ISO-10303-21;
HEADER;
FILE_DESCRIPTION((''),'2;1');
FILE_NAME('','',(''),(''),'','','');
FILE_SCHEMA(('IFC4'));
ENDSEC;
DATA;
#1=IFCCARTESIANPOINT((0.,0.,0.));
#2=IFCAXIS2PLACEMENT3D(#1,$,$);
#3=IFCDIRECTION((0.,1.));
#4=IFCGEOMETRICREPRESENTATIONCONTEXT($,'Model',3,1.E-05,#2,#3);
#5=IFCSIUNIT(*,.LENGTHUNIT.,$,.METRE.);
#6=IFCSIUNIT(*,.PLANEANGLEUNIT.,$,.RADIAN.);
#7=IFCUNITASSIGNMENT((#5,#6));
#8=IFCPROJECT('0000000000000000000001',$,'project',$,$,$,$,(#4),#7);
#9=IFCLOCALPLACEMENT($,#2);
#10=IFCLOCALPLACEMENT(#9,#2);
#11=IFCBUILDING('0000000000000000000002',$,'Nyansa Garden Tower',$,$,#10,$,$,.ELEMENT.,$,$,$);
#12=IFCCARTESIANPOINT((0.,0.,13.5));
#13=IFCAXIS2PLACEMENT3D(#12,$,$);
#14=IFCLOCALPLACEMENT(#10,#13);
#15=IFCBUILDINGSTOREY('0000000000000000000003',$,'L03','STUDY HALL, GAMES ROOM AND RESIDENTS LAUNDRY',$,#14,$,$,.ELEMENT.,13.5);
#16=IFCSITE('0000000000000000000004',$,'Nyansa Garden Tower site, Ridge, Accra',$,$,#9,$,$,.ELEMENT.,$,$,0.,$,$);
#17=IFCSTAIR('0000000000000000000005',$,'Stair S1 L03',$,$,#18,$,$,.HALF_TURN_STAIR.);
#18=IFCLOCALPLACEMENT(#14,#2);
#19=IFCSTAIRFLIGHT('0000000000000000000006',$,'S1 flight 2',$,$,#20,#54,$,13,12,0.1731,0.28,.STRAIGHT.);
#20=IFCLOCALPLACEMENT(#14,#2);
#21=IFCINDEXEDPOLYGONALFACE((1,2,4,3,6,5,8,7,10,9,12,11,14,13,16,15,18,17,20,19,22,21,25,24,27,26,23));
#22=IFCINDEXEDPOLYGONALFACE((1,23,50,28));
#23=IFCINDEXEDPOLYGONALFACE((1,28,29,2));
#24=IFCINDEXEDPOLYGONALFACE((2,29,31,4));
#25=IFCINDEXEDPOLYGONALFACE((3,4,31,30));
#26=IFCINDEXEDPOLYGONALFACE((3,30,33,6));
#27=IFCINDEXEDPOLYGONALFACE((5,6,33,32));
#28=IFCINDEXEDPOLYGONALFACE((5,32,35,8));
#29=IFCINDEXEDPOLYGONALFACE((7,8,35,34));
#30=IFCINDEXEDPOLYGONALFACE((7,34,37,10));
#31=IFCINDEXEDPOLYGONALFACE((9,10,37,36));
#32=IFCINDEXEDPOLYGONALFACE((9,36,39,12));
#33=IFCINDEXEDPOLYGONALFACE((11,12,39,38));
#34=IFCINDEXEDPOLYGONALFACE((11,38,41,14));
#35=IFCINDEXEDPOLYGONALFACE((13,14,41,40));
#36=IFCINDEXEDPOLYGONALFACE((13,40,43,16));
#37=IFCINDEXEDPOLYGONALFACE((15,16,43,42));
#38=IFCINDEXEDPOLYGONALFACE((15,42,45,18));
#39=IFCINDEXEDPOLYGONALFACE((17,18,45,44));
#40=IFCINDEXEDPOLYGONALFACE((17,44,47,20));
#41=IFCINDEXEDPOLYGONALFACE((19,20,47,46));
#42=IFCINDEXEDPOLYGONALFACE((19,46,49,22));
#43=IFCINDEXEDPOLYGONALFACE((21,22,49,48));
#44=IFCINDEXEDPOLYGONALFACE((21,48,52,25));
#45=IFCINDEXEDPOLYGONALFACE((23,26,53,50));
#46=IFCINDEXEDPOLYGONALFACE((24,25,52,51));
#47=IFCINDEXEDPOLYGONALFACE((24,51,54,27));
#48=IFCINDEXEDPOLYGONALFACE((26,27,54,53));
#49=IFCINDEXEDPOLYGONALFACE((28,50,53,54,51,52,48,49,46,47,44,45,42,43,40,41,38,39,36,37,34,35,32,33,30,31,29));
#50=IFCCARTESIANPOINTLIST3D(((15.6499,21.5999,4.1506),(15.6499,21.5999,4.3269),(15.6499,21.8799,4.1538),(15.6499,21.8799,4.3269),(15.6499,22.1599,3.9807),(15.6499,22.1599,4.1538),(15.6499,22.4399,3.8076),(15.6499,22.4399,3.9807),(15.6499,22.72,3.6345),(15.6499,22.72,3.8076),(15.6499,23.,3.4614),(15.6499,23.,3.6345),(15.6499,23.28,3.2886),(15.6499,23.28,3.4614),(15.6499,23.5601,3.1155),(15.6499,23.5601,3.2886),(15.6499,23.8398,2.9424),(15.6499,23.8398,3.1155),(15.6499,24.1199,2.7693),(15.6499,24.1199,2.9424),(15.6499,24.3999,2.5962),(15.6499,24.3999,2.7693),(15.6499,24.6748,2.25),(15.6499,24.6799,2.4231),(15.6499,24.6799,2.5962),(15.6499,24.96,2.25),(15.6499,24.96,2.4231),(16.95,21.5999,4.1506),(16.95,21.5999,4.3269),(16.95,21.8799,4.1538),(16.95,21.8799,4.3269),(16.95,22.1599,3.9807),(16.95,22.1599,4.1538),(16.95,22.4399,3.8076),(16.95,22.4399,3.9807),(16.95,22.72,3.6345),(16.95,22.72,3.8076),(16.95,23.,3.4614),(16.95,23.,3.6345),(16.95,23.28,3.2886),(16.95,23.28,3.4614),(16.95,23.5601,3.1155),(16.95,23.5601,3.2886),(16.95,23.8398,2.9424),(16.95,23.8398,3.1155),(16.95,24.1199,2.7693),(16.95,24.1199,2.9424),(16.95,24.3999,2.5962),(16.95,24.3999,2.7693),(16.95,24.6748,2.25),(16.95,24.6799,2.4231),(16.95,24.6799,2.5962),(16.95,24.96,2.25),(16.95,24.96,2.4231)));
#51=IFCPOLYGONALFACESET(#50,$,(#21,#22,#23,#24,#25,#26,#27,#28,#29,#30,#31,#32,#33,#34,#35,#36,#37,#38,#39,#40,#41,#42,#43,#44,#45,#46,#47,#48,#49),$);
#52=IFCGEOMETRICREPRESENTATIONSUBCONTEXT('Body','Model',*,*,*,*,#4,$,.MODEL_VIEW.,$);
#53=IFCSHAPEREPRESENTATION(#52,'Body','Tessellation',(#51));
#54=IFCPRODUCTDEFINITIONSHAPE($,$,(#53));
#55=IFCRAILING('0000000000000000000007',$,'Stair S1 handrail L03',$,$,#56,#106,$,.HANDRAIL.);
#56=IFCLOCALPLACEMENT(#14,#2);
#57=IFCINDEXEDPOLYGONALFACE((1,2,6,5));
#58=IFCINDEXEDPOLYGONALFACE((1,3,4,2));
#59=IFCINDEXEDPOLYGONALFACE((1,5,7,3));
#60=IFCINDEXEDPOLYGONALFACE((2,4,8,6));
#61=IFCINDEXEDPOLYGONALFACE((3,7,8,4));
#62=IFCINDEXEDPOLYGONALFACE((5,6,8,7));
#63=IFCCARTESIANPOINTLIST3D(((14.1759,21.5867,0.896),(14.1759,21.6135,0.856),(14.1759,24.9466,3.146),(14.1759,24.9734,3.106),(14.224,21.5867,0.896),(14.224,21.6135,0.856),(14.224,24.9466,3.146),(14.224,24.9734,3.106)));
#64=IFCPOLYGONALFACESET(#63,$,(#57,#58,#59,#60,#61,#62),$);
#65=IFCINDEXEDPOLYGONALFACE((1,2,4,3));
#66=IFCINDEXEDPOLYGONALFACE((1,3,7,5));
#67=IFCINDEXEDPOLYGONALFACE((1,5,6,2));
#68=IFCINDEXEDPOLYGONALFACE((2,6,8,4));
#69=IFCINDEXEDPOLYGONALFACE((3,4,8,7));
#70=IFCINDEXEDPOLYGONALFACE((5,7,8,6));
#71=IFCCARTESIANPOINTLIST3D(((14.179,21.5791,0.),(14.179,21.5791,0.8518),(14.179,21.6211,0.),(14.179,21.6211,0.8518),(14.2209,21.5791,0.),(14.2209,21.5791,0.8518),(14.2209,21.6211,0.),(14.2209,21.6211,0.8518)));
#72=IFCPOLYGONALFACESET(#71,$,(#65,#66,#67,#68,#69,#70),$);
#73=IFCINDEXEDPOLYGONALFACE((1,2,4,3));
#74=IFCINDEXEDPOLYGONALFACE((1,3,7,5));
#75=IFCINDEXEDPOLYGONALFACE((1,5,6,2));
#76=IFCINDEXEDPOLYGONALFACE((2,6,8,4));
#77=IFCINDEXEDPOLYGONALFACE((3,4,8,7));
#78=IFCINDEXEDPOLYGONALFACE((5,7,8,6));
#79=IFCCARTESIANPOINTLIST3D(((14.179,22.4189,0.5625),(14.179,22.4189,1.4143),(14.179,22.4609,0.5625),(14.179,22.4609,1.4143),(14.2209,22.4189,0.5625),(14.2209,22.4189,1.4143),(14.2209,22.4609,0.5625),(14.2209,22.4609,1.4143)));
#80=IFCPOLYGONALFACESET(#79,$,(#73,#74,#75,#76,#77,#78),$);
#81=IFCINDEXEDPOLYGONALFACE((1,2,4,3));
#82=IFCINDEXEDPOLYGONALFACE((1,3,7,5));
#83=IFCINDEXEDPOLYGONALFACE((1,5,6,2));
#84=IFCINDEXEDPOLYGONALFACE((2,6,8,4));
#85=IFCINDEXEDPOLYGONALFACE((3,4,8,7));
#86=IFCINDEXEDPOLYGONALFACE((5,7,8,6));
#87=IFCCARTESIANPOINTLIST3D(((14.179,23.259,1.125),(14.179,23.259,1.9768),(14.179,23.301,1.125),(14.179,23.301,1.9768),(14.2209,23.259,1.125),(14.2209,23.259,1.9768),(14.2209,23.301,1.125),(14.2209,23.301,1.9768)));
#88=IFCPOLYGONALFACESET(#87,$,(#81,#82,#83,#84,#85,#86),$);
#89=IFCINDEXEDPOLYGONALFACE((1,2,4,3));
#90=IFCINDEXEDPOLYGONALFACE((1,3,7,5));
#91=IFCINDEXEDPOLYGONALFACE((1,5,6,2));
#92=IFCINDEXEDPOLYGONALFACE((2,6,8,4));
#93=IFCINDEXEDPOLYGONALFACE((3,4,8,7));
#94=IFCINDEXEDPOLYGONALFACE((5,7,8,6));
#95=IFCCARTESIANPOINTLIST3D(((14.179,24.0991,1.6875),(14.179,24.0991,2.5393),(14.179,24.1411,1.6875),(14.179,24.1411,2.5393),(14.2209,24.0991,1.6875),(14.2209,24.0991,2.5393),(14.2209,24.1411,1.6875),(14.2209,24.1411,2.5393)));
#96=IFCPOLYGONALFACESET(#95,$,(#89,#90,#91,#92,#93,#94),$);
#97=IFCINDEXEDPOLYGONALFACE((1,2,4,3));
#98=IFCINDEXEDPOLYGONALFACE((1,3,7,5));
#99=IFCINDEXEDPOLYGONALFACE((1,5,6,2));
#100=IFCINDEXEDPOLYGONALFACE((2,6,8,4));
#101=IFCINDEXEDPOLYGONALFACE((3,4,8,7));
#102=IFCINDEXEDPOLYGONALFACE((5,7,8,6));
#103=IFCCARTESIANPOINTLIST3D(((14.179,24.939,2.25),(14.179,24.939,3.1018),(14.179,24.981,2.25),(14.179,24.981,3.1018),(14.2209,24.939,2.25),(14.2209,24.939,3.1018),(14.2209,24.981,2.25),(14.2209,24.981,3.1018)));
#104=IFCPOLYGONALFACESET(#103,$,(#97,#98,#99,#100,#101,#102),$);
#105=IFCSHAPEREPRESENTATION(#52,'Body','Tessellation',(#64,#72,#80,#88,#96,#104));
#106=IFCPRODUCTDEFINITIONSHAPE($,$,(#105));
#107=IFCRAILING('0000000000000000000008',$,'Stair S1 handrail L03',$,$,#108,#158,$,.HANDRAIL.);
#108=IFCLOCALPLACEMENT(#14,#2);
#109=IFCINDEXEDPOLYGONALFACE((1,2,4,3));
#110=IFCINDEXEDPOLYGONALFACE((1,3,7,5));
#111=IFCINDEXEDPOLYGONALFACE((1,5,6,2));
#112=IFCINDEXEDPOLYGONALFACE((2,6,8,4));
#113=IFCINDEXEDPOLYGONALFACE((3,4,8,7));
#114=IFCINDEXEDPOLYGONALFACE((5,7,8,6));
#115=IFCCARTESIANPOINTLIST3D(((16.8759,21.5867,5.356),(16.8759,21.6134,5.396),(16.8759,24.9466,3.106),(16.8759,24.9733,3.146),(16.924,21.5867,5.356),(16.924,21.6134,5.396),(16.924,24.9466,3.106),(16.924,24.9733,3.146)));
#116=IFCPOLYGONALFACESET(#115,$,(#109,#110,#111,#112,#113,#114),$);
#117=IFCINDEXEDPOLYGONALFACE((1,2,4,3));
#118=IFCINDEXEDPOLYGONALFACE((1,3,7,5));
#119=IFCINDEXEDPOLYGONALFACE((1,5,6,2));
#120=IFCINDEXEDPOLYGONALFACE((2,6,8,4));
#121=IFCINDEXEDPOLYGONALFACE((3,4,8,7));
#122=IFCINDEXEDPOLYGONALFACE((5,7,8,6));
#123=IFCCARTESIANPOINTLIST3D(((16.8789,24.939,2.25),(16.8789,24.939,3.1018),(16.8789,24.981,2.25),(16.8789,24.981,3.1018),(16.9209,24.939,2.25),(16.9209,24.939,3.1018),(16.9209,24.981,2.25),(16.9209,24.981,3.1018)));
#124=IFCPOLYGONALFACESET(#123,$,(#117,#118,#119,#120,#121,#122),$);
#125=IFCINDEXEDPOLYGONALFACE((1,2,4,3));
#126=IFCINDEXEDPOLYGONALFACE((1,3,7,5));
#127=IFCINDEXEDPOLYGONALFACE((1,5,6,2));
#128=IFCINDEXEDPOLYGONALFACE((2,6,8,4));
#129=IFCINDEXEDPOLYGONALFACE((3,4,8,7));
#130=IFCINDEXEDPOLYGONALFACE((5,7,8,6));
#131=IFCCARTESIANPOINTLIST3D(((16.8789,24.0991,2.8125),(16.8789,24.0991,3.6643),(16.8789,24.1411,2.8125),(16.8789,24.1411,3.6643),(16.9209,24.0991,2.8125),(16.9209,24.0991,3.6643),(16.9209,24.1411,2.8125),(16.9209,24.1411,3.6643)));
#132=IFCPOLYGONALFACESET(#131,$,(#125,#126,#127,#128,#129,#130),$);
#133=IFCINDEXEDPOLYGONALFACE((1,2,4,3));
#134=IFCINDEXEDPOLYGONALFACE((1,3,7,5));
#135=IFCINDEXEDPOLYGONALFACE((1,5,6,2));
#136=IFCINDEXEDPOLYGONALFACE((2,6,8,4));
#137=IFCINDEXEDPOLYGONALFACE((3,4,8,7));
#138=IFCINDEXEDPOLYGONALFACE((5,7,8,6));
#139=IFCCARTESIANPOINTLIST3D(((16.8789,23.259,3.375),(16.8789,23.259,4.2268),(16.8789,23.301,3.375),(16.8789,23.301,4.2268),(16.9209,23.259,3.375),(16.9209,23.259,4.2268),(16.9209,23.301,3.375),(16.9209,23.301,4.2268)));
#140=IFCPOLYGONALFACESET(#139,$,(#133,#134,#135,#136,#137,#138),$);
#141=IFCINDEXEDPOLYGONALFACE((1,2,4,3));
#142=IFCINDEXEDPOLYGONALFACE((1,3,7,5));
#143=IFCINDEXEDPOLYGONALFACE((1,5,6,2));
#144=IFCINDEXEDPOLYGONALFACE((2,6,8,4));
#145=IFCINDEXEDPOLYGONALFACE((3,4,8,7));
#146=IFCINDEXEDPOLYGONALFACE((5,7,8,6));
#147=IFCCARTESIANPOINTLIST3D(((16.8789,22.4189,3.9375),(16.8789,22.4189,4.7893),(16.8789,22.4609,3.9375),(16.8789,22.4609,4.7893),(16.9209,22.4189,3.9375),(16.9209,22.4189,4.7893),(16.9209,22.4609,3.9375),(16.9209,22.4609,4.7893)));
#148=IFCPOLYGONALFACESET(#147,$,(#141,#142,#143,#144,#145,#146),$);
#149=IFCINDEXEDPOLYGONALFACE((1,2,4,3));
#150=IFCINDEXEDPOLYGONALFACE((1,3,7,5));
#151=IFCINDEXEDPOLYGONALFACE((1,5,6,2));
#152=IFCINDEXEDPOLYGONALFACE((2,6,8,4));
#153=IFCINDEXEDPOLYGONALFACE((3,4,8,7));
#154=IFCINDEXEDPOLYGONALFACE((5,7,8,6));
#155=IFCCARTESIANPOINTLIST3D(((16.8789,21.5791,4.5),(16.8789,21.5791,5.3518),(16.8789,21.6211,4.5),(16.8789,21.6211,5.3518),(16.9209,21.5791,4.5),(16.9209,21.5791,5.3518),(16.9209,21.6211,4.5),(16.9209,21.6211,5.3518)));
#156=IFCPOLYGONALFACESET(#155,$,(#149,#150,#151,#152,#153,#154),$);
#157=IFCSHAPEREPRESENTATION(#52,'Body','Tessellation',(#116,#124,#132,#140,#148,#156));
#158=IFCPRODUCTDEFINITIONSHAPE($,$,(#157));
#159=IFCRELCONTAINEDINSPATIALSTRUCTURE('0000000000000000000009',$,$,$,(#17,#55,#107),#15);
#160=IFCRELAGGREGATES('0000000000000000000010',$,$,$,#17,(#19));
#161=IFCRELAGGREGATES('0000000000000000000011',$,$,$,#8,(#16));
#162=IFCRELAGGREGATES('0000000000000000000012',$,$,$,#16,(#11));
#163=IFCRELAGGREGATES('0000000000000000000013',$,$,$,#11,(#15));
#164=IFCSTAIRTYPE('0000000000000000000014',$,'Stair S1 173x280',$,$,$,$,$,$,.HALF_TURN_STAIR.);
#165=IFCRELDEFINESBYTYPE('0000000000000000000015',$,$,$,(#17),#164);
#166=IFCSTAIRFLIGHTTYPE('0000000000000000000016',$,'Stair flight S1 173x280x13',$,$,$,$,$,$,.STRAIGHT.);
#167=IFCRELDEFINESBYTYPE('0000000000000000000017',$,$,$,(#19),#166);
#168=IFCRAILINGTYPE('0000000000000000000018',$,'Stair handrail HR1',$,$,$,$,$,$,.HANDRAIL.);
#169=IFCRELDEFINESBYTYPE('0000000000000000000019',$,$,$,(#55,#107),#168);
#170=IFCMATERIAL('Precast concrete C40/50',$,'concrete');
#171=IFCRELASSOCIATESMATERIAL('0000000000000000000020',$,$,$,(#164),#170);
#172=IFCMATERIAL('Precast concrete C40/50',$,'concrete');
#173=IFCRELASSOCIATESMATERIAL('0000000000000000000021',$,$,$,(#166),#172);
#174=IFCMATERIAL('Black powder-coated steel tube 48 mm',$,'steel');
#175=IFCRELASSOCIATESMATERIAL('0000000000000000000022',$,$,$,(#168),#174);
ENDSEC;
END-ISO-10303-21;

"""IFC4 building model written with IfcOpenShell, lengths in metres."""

from ifc_helpers import new_model, si_unit, direction, frame, origin, origin_2d, place, context, subcontext, project, spatial, polyline, rectangle, outline, extrude, material, type_object, element, aggregate, save


model = new_model("IFC4")

# Units and contexts
model_context = context("Model", 3, precision=1e-05, world=origin(), true_north=direction((0.0, 1.0)))
body_context = subcontext(model_context, "Body", "Model", "MODEL_VIEW")
ifc_project = project(units=[si_unit("LENGTHUNIT", "METRE"), si_unit("PLANEANGLEUNIT", "RADIAN")], contexts=[model_context])

# Site, building, storey
site_placement = place(None, origin())
site = spatial("IfcSite", under=ifc_project, at=site_placement, Name="Nyansa Garden Tower site, Ridge, Accra", CompositionType="ELEMENT", RefElevation=0.0)
building_placement = place(site_placement, origin())
building = spatial("IfcBuilding", under=site, at=building_placement, Name="Nyansa Garden Tower", CompositionType="ELEMENT")
storey_placement = place(building_placement, frame((0.0, 0.0, 13.5)))
storey = spatial("IfcBuildingStorey", under=building, at=storey_placement, Name="L03", Description="STUDY HALL, GAMES ROOM AND RESIDENTS LAUNDRY", CompositionType="ELEMENT", Elevation=13.5)

# Stair, stair flight
ifc_material_1 = material(Name="Precast concrete C40/50", Category="concrete")
stair_type = type_object("IfcStairType", Name="Stair S1 173x280", PredefinedType="HALF_TURN_STAIR", material=ifc_material_1)
stair_placement = place(storey_placement, origin())
stair = element("IfcStair", 1, at=stair_placement, inside=storey, type_object=stair_type, Name="Stair S1 L03", PredefinedType="HALF_TURN_STAIR")
ifc_material_2 = material(Name="Precast concrete C40/50", Category="concrete")
stair_flight_type = type_object("IfcStairFlightType", Name="Stair flight S1 173x280x13", PredefinedType="STRAIGHT", material=ifc_material_2)
stair_flight_1_placement = place(storey_placement, frame((16.3, 24.96, 2.25), z_axis=(0.0, 0.0, 1.0), x_axis=(0.0, -1.0, 0.0)))
stair_flight_1 = element("IfcStairFlight", 2, at=stair_flight_1_placement, type_object=stair_flight_type, Name="S1 flight 2", NumberOfRisers=13, NumberOfTreads=12, PredefinedType="STRAIGHT", RiserHeight=0.1731, TreadLength=0.28, context=body_context, shape_type="SweptSolid", body=[
    extrude(outline(polyline([(0.0, 0.0), (0.0, 0.1731), (0.28, 0.1731), (0.28, 0.3462), (0.5601, 0.3462), (0.5601, 0.5193), (0.8401, 0.5193), (0.8401, 0.6924), (1.1201, 0.6924), (1.1201, 0.8655), (1.3999, 0.8655), (1.3999, 1.0386), (1.6799, 1.0386), (1.6799, 1.2114), (1.96, 1.2114), (1.96, 1.3845), (2.24, 1.3845), (2.24, 1.5576), (2.52, 1.5576), (2.52, 1.7307), (2.8, 1.7307), (2.8, 1.9038), (3.0801, 1.9038), (3.0801, 2.0769), (3.3601, 2.0769), (3.3601, 2.25), (3.3601, 1.9006), (0.2852, 0.0), (0.0, 0.0)])), frame((0.0, 0.6499, 0.0), z_axis=(0.0, -1.0, 0.0), x_axis=(1.0, 0.0, 0.0)), (0.0, 0.0, 1.0), 1.3),
])
aggregate(stair, [stair_flight_1])

# Railings
ifc_material_3 = material(Name="Black powder-coated steel tube 48 mm", Category="steel")
railing_type = type_object("IfcRailingType", Name="Stair handrail HR1", PredefinedType="HANDRAIL", material=ifc_material_3)
railing_1_placement = place(storey_placement, frame((14.2, 21.6001, 0.0)))
element("IfcRailing", 3, at=railing_1_placement, inside=storey, type_object=railing_type, Name="Stair S1 handrail L03", PredefinedType="HANDRAIL", context=body_context, shape_type="SweptSolid", body=[
    extrude(rectangle(XDim=0.0481, YDim=0.0481, at=origin_2d()), frame((0.0, 0.0, 0.876), z_axis=(0.0, 0.830897, 0.556427), x_axis=(-1.0, 0.0, 0.0)), (0.0, 0.0, 1.0), 4.0437),
    extrude(rectangle(XDim=0.042, YDim=0.042, at=origin_2d()), origin(), (0.0, 0.0, 1.0), 0.8518),
    extrude(rectangle(XDim=0.042, YDim=0.042, at=origin_2d()), frame((0.0, 0.8398, 0.5625)), (0.0, 0.0, 1.0), 0.8518),
    extrude(rectangle(XDim=0.042, YDim=0.042, at=origin_2d()), frame((0.0, 1.6799, 1.125)), (0.0, 0.0, 1.0), 0.8518),
    extrude(rectangle(XDim=0.042, YDim=0.042, at=origin_2d()), frame((0.0, 2.52, 1.6875)), (0.0, 0.0, 1.0), 0.8518),
    extrude(rectangle(XDim=0.042, YDim=0.042, at=origin_2d()), frame((0.0, 3.3599, 2.25)), (0.0, 0.0, 1.0), 0.8518),
])
railing_2_placement = place(storey_placement, frame((16.8999, 24.96, 2.25)))
element("IfcRailing", 4, at=railing_2_placement, inside=storey, type_object=railing_type, Name="Stair S1 handrail L03", PredefinedType="HANDRAIL", context=body_context, shape_type="SweptSolid", body=[
    extrude(rectangle(XDim=0.0481, YDim=0.0481, at=origin_2d()), frame((0.0, 0.0, 0.876), z_axis=(0.0, -0.830897, 0.556427), x_axis=(1.0, 0.0, 0.0)), (0.0, 0.0, 1.0), 4.0437),
    extrude(rectangle(XDim=0.042, YDim=0.042, at=origin_2d()), origin(), (0.0, 0.0, 1.0), 0.8518),
    extrude(rectangle(XDim=0.042, YDim=0.042, at=origin_2d()), frame((0.0, -0.8398, 0.5625)), (0.0, 0.0, 1.0), 0.8518),
    extrude(rectangle(XDim=0.042, YDim=0.042, at=origin_2d()), frame((0.0, -1.6799, 1.125)), (0.0, 0.0, 1.0), 0.8518),
    extrude(rectangle(XDim=0.042, YDim=0.042, at=origin_2d()), frame((0.0, -2.52, 1.6875)), (0.0, 0.0, 1.0), 0.8518),
    extrude(rectangle(XDim=0.042, YDim=0.042, at=origin_2d()), frame((0.0, -3.3599, 2.25)), (0.0, 0.0, 1.0), 0.8518),
])

save(model, "model.ifc")
